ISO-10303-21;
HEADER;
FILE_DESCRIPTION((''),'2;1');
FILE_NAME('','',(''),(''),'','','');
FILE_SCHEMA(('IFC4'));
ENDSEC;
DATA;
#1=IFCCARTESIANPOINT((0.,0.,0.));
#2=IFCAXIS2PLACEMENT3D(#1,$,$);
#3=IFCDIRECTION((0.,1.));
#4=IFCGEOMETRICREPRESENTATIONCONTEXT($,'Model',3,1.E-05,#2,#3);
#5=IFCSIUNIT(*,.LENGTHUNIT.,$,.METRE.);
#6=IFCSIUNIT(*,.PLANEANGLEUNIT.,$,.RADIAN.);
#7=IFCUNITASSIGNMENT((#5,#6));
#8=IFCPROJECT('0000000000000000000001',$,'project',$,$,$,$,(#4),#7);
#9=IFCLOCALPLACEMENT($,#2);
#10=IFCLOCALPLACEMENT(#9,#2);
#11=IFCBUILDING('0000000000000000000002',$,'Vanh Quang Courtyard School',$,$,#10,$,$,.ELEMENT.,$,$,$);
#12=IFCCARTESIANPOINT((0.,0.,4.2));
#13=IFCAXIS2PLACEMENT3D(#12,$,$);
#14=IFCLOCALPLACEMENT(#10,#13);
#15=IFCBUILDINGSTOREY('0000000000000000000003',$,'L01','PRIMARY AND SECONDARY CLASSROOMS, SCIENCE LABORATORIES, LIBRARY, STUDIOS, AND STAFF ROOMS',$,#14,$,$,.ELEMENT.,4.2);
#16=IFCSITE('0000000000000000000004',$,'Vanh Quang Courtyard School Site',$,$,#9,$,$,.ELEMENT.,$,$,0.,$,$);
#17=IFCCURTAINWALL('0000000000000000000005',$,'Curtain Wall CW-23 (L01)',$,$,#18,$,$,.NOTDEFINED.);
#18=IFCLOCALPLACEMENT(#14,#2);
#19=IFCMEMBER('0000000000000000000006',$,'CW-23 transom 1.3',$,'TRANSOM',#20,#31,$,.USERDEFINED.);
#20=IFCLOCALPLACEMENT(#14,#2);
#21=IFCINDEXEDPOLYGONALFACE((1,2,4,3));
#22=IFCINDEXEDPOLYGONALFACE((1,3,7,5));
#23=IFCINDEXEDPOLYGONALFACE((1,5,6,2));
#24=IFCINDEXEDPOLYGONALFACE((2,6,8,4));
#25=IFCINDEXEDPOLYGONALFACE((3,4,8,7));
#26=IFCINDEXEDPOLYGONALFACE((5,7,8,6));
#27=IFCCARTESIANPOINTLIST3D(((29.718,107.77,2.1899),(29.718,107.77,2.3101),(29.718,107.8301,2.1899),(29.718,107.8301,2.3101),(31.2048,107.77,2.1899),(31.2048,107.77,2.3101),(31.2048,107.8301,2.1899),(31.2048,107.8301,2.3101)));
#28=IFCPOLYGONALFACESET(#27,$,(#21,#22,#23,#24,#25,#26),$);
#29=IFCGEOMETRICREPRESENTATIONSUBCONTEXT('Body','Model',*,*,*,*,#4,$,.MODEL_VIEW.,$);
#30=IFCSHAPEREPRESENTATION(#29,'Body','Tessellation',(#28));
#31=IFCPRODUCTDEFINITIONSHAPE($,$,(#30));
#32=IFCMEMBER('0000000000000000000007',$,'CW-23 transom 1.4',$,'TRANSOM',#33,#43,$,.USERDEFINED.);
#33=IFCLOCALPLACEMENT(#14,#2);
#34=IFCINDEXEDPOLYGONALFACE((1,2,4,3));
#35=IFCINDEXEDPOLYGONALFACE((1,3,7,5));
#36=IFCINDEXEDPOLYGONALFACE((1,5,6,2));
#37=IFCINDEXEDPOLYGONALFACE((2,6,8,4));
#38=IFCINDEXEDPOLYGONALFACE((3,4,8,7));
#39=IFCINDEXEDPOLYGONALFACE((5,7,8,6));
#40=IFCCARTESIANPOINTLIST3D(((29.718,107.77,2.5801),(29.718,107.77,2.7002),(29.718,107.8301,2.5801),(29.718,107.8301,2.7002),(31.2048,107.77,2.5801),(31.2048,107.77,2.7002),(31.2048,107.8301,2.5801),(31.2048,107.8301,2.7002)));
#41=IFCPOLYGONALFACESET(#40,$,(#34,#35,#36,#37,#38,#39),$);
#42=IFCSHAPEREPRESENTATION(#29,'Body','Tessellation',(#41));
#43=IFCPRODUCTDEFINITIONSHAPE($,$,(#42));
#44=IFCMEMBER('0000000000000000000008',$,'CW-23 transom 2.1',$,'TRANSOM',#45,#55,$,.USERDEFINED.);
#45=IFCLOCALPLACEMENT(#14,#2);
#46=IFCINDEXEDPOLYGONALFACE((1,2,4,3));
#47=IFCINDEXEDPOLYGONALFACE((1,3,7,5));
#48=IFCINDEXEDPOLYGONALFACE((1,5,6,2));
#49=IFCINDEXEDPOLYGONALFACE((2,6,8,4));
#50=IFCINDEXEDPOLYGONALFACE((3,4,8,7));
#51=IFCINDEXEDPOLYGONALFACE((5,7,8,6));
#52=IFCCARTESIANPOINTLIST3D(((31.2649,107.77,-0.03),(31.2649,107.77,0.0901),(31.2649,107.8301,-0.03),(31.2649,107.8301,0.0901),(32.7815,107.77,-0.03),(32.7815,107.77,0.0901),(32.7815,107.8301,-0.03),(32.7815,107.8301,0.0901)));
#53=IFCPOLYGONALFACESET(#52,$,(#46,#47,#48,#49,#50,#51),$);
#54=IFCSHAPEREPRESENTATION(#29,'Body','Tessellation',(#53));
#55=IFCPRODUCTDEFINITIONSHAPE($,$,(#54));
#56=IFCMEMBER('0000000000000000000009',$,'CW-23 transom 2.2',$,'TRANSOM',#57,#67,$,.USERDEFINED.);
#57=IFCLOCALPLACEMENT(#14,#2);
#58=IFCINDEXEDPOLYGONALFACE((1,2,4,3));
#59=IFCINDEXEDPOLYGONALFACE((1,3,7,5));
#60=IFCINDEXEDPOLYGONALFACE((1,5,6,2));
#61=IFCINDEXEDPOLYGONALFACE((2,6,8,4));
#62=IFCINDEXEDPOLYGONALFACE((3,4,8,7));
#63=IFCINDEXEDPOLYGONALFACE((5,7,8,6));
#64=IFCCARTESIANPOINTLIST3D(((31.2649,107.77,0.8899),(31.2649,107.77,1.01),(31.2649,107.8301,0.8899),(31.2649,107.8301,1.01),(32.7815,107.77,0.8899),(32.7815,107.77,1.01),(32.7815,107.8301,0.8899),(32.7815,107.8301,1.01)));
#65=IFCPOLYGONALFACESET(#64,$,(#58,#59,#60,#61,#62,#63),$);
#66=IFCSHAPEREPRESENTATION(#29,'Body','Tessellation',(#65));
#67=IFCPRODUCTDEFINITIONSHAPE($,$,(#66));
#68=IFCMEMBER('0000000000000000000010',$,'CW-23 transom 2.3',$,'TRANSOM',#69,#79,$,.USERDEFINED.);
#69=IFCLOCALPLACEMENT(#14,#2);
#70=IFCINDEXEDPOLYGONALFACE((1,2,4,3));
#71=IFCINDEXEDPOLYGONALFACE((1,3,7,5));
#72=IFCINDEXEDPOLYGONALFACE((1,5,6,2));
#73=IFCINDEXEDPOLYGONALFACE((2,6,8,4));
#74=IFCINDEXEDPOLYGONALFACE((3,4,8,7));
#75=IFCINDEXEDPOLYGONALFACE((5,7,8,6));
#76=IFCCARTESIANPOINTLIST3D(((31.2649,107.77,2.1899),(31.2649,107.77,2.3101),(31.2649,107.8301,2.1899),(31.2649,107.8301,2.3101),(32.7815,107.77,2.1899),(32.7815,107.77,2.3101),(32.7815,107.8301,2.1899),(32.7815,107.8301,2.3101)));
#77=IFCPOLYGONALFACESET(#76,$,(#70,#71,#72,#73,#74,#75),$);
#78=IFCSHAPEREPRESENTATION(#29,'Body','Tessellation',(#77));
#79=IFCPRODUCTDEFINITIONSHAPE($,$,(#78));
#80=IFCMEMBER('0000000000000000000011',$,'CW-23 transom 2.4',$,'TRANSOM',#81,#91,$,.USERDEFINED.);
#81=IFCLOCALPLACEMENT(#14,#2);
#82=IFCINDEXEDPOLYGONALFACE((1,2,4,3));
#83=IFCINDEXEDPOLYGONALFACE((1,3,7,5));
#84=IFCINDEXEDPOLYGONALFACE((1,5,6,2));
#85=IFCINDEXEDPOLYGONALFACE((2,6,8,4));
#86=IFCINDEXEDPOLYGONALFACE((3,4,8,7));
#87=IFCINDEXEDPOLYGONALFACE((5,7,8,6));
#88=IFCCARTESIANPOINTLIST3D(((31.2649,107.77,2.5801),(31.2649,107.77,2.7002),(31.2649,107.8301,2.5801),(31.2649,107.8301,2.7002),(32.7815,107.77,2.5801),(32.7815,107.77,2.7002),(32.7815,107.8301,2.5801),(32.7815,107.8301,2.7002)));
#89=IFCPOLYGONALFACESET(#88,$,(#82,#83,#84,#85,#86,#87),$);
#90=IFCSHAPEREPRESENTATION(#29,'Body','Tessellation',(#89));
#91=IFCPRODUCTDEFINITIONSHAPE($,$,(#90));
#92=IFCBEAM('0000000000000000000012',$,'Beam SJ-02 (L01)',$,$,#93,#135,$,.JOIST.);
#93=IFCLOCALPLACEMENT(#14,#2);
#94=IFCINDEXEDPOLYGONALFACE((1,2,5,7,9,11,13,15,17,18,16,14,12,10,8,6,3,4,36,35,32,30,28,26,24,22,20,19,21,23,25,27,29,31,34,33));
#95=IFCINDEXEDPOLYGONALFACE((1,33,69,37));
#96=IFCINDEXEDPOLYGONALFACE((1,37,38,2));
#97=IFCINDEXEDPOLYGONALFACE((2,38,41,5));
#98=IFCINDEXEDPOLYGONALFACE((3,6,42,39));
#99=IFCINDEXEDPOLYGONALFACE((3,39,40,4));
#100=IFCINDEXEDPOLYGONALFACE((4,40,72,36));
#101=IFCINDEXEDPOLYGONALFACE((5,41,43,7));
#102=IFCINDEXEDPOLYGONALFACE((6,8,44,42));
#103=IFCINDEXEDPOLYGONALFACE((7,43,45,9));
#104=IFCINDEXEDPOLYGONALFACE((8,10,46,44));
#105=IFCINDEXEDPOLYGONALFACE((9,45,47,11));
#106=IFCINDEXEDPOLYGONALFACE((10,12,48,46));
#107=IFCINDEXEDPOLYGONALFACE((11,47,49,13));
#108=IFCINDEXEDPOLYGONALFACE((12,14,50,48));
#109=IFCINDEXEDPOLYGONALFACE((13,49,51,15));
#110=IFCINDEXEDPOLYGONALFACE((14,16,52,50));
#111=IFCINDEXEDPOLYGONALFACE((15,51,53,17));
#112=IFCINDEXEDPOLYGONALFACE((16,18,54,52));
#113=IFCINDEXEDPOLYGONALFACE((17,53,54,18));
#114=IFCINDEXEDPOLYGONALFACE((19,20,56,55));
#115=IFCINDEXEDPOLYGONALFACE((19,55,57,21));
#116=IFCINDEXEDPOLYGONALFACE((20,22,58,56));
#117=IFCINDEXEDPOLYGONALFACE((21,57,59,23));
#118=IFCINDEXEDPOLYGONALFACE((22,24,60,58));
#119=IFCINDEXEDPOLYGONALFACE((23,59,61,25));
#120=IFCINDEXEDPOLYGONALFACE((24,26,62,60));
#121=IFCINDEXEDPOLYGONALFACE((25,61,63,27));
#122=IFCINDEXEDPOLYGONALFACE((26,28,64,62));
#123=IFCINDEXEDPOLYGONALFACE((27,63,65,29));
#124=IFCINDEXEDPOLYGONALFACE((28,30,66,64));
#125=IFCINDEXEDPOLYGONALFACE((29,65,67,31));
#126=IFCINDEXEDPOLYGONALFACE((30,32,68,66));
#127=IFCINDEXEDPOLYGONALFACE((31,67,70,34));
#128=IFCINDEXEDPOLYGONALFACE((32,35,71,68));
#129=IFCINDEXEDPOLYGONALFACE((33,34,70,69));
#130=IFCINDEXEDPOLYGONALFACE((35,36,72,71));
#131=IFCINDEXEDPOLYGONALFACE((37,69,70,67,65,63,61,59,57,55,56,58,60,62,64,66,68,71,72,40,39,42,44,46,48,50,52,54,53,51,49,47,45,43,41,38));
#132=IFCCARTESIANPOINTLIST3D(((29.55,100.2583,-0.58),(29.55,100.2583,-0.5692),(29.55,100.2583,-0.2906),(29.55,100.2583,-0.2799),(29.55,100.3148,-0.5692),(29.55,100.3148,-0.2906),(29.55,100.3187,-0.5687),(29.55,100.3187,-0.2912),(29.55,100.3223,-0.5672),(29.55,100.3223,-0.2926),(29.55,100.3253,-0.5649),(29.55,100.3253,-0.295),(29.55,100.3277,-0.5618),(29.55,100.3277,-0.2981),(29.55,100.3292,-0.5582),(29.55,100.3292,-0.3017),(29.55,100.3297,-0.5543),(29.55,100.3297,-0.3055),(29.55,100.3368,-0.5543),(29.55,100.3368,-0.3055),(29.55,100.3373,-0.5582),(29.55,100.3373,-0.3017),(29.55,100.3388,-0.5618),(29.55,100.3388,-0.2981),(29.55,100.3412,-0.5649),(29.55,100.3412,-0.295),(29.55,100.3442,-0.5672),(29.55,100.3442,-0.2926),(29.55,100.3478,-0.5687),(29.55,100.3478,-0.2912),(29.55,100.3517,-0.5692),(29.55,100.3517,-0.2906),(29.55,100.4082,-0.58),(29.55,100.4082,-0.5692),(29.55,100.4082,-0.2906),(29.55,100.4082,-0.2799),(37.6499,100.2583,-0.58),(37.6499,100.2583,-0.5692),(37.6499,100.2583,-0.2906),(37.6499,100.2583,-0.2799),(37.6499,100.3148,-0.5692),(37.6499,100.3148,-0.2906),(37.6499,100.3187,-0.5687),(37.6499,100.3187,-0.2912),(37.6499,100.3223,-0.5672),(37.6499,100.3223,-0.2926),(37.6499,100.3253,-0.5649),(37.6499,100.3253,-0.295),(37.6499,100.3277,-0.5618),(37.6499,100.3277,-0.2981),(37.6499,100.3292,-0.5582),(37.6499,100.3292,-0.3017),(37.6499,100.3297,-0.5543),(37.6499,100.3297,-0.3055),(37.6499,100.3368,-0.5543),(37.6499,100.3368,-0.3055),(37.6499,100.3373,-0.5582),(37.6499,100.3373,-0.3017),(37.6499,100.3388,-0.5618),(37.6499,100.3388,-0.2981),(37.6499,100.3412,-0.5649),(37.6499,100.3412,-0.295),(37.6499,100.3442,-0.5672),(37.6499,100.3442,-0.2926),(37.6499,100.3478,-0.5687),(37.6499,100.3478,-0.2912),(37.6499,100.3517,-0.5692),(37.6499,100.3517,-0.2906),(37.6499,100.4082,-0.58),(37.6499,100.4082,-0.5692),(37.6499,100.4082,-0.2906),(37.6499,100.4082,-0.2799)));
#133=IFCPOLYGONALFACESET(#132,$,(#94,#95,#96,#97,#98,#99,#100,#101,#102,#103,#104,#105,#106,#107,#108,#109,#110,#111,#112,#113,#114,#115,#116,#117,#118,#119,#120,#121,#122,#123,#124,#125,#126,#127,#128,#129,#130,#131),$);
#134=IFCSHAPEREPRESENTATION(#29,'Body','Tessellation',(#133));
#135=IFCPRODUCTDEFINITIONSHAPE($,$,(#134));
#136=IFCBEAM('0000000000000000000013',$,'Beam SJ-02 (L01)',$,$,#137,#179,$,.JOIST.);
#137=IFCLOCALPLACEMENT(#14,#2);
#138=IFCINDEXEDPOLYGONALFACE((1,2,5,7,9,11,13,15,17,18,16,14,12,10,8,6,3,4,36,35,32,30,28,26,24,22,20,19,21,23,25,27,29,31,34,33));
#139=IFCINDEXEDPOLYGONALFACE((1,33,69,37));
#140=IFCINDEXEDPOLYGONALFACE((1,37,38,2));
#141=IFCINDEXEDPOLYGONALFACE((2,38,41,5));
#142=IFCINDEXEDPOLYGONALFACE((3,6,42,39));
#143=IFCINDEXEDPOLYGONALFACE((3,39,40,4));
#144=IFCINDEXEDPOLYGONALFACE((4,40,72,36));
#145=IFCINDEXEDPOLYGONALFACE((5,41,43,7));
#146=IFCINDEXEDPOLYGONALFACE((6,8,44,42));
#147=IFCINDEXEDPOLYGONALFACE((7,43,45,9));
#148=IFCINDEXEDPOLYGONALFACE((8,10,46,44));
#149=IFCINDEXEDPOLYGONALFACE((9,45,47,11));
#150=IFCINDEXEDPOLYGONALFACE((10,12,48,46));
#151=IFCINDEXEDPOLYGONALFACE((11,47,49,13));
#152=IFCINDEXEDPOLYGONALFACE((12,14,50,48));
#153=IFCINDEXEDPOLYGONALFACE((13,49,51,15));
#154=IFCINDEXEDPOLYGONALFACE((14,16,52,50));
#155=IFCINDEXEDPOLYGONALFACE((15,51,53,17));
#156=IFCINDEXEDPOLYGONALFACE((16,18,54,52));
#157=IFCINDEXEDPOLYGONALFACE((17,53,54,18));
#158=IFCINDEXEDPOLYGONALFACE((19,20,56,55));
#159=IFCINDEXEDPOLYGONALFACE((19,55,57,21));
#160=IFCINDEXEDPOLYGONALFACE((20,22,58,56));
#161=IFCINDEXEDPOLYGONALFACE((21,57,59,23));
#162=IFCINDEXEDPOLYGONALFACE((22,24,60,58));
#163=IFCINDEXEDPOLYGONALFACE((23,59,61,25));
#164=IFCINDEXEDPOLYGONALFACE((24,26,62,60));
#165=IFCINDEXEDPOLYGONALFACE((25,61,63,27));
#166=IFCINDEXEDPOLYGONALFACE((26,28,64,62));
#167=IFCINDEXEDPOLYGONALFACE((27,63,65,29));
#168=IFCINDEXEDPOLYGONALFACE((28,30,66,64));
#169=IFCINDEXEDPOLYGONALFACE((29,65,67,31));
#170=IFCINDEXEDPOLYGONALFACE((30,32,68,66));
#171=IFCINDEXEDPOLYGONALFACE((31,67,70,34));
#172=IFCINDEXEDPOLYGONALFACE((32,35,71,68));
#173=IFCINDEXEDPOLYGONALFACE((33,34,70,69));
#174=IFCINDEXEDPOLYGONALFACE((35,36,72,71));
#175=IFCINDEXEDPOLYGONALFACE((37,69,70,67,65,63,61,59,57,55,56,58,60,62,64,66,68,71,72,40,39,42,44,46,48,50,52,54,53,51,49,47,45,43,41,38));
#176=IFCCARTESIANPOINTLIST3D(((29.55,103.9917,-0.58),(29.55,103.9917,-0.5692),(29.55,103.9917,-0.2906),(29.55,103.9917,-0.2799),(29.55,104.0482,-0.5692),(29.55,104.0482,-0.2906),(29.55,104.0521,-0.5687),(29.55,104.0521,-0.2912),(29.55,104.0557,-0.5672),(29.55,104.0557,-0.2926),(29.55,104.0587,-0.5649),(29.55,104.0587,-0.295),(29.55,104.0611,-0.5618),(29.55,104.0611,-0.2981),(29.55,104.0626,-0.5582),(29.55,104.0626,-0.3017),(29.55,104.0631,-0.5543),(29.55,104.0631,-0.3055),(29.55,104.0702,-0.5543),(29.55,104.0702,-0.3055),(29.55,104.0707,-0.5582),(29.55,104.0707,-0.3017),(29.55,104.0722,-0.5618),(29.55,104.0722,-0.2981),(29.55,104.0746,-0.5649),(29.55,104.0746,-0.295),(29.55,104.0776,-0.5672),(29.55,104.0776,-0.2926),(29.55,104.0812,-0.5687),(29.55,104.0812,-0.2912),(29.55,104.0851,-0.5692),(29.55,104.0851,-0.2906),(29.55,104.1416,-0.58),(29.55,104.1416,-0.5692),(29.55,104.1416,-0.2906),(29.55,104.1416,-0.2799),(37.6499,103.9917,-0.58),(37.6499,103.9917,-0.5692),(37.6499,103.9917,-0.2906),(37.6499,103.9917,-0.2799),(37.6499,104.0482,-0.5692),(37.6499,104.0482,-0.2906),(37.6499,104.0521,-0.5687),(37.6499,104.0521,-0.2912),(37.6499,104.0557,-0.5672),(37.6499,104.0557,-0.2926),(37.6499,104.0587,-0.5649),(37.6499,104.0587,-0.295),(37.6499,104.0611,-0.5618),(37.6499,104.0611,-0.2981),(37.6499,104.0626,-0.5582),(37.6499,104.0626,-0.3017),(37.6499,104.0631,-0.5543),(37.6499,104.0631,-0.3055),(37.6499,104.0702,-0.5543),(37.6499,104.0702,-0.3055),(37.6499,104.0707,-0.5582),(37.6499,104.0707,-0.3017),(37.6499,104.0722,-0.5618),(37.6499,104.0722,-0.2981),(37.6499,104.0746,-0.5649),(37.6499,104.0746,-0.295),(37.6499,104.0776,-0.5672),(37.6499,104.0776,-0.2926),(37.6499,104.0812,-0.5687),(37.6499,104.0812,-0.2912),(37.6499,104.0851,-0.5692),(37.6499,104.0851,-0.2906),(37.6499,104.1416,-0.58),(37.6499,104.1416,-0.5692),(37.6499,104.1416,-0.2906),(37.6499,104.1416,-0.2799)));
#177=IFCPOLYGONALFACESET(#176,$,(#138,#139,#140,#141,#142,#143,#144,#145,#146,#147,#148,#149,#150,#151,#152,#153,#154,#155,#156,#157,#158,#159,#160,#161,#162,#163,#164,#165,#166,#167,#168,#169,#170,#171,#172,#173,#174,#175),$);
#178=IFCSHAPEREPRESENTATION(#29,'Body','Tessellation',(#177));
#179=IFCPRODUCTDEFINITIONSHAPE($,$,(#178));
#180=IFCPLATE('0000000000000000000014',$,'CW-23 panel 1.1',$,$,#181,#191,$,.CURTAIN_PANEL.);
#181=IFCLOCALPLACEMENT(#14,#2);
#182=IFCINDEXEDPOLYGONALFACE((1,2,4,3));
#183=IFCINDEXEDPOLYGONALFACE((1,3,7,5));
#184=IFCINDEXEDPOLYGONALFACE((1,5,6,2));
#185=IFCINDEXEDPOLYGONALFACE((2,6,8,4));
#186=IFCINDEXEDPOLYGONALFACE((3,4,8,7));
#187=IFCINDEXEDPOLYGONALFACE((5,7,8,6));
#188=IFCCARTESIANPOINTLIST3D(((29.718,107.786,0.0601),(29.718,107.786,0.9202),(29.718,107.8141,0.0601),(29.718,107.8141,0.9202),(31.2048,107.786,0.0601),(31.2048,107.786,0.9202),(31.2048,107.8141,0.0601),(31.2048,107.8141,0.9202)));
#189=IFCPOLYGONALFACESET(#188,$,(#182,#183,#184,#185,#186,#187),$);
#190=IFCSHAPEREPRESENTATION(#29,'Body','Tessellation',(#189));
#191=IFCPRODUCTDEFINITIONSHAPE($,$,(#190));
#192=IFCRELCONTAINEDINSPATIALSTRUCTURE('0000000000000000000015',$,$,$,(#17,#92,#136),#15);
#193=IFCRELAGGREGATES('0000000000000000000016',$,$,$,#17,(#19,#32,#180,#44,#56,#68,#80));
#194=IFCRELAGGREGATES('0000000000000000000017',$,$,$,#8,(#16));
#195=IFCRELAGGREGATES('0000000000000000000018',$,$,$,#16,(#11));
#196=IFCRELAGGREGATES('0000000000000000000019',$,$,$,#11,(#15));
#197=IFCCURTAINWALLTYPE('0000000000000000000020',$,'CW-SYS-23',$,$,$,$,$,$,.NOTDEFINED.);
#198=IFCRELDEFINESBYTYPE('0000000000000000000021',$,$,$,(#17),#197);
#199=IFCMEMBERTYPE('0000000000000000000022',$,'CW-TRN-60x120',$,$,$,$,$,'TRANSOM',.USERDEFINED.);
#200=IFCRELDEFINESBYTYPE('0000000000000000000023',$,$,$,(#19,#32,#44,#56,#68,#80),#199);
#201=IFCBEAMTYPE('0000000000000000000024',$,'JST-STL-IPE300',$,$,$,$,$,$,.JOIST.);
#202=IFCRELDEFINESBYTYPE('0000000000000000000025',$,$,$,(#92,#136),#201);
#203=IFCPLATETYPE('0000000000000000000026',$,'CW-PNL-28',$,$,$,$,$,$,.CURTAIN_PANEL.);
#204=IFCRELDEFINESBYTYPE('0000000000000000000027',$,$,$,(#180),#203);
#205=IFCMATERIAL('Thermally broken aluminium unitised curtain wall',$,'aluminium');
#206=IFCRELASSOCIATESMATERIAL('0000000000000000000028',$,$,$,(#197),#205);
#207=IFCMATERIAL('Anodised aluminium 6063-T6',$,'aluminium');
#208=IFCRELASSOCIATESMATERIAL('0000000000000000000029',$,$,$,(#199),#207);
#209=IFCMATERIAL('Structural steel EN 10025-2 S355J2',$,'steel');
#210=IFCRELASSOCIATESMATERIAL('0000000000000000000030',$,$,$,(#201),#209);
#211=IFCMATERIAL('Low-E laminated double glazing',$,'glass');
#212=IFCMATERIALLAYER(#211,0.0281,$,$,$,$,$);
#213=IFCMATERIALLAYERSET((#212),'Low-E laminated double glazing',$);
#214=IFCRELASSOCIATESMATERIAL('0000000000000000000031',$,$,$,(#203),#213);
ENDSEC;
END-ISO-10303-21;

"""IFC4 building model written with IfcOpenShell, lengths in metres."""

from ifc_helpers import new_model, si_unit, direction, frame, origin, origin_2d, place, context, subcontext, project, spatial, rectangle, i_section, extrude, material, layer, layer_set, material_profile, profile_set, type_object, element, aggregate, save


model = new_model("IFC4")

# Units and contexts
model_context = context("Model", 3, precision=1e-05, world=origin(), true_north=direction((0.0, 1.0)))
body_context = subcontext(model_context, "Body", "Model", "MODEL_VIEW")
ifc_project = project(units=[si_unit("LENGTHUNIT", "METRE"), si_unit("PLANEANGLEUNIT", "RADIAN")], contexts=[model_context])

# Site, building, storey
site_placement = place(None, origin())
site = spatial("IfcSite", under=ifc_project, at=site_placement, Name="Vanh Quang Courtyard School Site", CompositionType="ELEMENT", RefElevation=0.0)
building_placement = place(site_placement, origin())
building = spatial("IfcBuilding", under=site, at=building_placement, Name="Vanh Quang Courtyard School", CompositionType="ELEMENT")
storey_placement = place(building_placement, frame((0.0, 0.0, 4.2)))
storey = spatial("IfcBuildingStorey", under=building, at=storey_placement, Name="L01", Description="PRIMARY AND SECONDARY CLASSROOMS, SCIENCE LABORATORIES, LIBRARY, STUDIOS, AND STAFF ROOMS", CompositionType="ELEMENT", Elevation=4.2)

# Shared definitions
ifc_material_1 = material(Name="Structural steel EN 10025-2 S355J2", Category="steel")

# Curtain wall, members
ifc_material_2 = material(Name="Thermally broken aluminium unitised curtain wall", Category="aluminium")
curtain_wall_type = type_object("IfcCurtainWallType", Name="CW-SYS-23", PredefinedType="NOTDEFINED", material=ifc_material_2)
curtain_wall_placement = place(storey_placement, origin())
curtain_wall = element("IfcCurtainWall", 1, at=curtain_wall_placement, inside=storey, type_object=curtain_wall_type, Name="Curtain Wall CW-23 (L01)", PredefinedType="NOTDEFINED")
ifc_material_3 = material(Name="Anodised aluminium 6063-T6", Category="aluminium")
ifc_material_profile_1 = material_profile(ifc_material_3, rectangle(XDim=0.0601, YDim=0.1201, at=origin_2d()), Name="ALU-TRN 60x120")
ifc_profile_set_1 = profile_set([ifc_material_profile_1], Name="Anodised aluminium 6063-T6")
member_type_1 = type_object("IfcMemberType", Name="CW-TRN-60x120", ElementType="TRANSOM", PredefinedType="USERDEFINED", material=ifc_profile_set_1)
member_1_placement = place(storey_placement, frame((29.718, 107.8, 2.25), z_axis=(1.0, 0.0, 0.0), x_axis=(0.0, 1.0, 0.0)))
member_1 = element("IfcMember", 2, at=member_1_placement, type_object=member_type_1, Name="CW-23 transom 1.3", ObjectType="TRANSOM", PredefinedType="USERDEFINED", context=body_context, shape_type="SweptSolid", body=[
    extrude(rectangle(XDim=0.0601, YDim=0.1201, at=origin_2d()), origin(), (0.0, 0.0, 1.0), 1.4868),
])
member_2_placement = place(storey_placement, frame((29.718, 107.8, 2.6401), z_axis=(1.0, 0.0, 0.0), x_axis=(0.0, 1.0, 0.0)))
member_2 = element("IfcMember", 3, at=member_2_placement, type_object=member_type_1, Name="CW-23 transom 1.4", ObjectType="TRANSOM", PredefinedType="USERDEFINED", context=body_context, shape_type="SweptSolid", body=[
    extrude(rectangle(XDim=0.0601, YDim=0.1201, at=origin_2d()), origin(), (0.0, 0.0, 1.0), 1.4868),
])
member_3_placement = place(storey_placement, frame((31.2649, 107.8, 0.03), z_axis=(1.0, 0.0, 0.0), x_axis=(0.0, 1.0, 0.0)))
member_3 = element("IfcMember", 4, at=member_3_placement, type_object=member_type_1, Name="CW-23 transom 2.1", ObjectType="TRANSOM", PredefinedType="USERDEFINED", context=body_context, shape_type="SweptSolid", body=[
    extrude(rectangle(XDim=0.0601, YDim=0.1201, at=origin_2d()), origin(), (0.0, 0.0, 1.0), 1.5166),
])
member_4_placement = place(storey_placement, frame((31.2649, 107.8, 0.95), z_axis=(1.0, 0.0, 0.0), x_axis=(0.0, 1.0, 0.0)))
member_4 = element("IfcMember", 5, at=member_4_placement, type_object=member_type_1, Name="CW-23 transom 2.2", ObjectType="TRANSOM", PredefinedType="USERDEFINED", context=body_context, shape_type="SweptSolid", body=[
    extrude(rectangle(XDim=0.0601, YDim=0.1201, at=origin_2d()), origin(), (0.0, 0.0, 1.0), 1.5166),
])
member_5_placement = place(storey_placement, frame((31.2649, 107.8, 2.25), z_axis=(1.0, 0.0, 0.0), x_axis=(0.0, 1.0, 0.0)))
member_5 = element("IfcMember", 6, at=member_5_placement, type_object=member_type_1, Name="CW-23 transom 2.3", ObjectType="TRANSOM", PredefinedType="USERDEFINED", context=body_context, shape_type="SweptSolid", body=[
    extrude(rectangle(XDim=0.0601, YDim=0.1201, at=origin_2d()), origin(), (0.0, 0.0, 1.0), 1.5166),
])
member_6_placement = place(storey_placement, frame((31.2649, 107.8, 2.6401), z_axis=(1.0, 0.0, 0.0), x_axis=(0.0, 1.0, 0.0)))
member_6 = element("IfcMember", 7, at=member_6_placement, type_object=member_type_1, Name="CW-23 transom 2.4", ObjectType="TRANSOM", PredefinedType="USERDEFINED", context=body_context, shape_type="SweptSolid", body=[
    extrude(rectangle(XDim=0.0601, YDim=0.1201, at=origin_2d()), origin(), (0.0, 0.0, 1.0), 1.5166),
])

# Beams
ifc_material_profile_2 = material_profile(ifc_material_1, i_section(OverallWidth=0.1499, OverallDepth=0.3, WebThickness=0.0071, FlangeThickness=0.0107, FilletRadius=0.0149, at=origin_2d()), Name="IPE 300")
ifc_profile_set_2 = profile_set([ifc_material_profile_2], Name="Structural steel EN 10025-2 S355J2")
beam_type_1 = type_object("IfcBeamType", Name="JST-STL-IPE300", PredefinedType="JOIST", material=ifc_profile_set_2)
for number, where, z_axis, x_axis, name in (
    (8, (29.55, 100.3333, -0.4299), (1.0, 0.0, 0.0), (0.0, 1.0, 0.0), "Beam SJ-02 (L01)"),
    (9, (29.55, 104.0667, -0.4299), (1.0, 0.0, 0.0), (0.0, 1.0, 0.0), "Beam SJ-02 (L01)"),
):
    element("IfcBeam", number, at=place(storey_placement, frame(where, z_axis=z_axis, x_axis=x_axis)), inside=storey, type_object=beam_type_1, Name=name, PredefinedType="JOIST", context=body_context, shape_type="SweptSolid", body=[
        extrude(i_section(OverallWidth=0.1499, OverallDepth=0.3, WebThickness=0.0071, FlangeThickness=0.0107, FilletRadius=0.0149, at=origin_2d()), origin(), (0.0, 0.0, 1.0), 8.0999),
    ])

# Plate
ifc_material_4 = material(Name="Low-E laminated double glazing", Category="glass")
ifc_layer_1 = layer(ifc_material_4, 0.0281)
ifc_layer_set_1 = layer_set([ifc_layer_1], Name="Low-E laminated double glazing")
plate_type = type_object("IfcPlateType", Name="CW-PNL-28", PredefinedType="CURTAIN_PANEL", material=ifc_layer_set_1)
plate_1_placement = place(storey_placement, frame((30.4614, 107.8, 0.0601), z_axis=(0.0, 0.0, 1.0), x_axis=(1.0, 0.0, 0.0)))
plate_1 = element("IfcPlate", 10, at=plate_1_placement, type_object=plate_type, Name="CW-23 panel 1.1", PredefinedType="CURTAIN_PANEL", context=body_context, shape_type="SweptSolid", body=[
    extrude(rectangle(XDim=1.4868, YDim=0.0281, at=origin_2d()), origin(), (0.0, 0.0, 1.0), 0.8601),
])
aggregate(curtain_wall, [member_1, member_2, plate_1, member_3, member_4, member_5, member_6])

save(model, "model.ifc")
